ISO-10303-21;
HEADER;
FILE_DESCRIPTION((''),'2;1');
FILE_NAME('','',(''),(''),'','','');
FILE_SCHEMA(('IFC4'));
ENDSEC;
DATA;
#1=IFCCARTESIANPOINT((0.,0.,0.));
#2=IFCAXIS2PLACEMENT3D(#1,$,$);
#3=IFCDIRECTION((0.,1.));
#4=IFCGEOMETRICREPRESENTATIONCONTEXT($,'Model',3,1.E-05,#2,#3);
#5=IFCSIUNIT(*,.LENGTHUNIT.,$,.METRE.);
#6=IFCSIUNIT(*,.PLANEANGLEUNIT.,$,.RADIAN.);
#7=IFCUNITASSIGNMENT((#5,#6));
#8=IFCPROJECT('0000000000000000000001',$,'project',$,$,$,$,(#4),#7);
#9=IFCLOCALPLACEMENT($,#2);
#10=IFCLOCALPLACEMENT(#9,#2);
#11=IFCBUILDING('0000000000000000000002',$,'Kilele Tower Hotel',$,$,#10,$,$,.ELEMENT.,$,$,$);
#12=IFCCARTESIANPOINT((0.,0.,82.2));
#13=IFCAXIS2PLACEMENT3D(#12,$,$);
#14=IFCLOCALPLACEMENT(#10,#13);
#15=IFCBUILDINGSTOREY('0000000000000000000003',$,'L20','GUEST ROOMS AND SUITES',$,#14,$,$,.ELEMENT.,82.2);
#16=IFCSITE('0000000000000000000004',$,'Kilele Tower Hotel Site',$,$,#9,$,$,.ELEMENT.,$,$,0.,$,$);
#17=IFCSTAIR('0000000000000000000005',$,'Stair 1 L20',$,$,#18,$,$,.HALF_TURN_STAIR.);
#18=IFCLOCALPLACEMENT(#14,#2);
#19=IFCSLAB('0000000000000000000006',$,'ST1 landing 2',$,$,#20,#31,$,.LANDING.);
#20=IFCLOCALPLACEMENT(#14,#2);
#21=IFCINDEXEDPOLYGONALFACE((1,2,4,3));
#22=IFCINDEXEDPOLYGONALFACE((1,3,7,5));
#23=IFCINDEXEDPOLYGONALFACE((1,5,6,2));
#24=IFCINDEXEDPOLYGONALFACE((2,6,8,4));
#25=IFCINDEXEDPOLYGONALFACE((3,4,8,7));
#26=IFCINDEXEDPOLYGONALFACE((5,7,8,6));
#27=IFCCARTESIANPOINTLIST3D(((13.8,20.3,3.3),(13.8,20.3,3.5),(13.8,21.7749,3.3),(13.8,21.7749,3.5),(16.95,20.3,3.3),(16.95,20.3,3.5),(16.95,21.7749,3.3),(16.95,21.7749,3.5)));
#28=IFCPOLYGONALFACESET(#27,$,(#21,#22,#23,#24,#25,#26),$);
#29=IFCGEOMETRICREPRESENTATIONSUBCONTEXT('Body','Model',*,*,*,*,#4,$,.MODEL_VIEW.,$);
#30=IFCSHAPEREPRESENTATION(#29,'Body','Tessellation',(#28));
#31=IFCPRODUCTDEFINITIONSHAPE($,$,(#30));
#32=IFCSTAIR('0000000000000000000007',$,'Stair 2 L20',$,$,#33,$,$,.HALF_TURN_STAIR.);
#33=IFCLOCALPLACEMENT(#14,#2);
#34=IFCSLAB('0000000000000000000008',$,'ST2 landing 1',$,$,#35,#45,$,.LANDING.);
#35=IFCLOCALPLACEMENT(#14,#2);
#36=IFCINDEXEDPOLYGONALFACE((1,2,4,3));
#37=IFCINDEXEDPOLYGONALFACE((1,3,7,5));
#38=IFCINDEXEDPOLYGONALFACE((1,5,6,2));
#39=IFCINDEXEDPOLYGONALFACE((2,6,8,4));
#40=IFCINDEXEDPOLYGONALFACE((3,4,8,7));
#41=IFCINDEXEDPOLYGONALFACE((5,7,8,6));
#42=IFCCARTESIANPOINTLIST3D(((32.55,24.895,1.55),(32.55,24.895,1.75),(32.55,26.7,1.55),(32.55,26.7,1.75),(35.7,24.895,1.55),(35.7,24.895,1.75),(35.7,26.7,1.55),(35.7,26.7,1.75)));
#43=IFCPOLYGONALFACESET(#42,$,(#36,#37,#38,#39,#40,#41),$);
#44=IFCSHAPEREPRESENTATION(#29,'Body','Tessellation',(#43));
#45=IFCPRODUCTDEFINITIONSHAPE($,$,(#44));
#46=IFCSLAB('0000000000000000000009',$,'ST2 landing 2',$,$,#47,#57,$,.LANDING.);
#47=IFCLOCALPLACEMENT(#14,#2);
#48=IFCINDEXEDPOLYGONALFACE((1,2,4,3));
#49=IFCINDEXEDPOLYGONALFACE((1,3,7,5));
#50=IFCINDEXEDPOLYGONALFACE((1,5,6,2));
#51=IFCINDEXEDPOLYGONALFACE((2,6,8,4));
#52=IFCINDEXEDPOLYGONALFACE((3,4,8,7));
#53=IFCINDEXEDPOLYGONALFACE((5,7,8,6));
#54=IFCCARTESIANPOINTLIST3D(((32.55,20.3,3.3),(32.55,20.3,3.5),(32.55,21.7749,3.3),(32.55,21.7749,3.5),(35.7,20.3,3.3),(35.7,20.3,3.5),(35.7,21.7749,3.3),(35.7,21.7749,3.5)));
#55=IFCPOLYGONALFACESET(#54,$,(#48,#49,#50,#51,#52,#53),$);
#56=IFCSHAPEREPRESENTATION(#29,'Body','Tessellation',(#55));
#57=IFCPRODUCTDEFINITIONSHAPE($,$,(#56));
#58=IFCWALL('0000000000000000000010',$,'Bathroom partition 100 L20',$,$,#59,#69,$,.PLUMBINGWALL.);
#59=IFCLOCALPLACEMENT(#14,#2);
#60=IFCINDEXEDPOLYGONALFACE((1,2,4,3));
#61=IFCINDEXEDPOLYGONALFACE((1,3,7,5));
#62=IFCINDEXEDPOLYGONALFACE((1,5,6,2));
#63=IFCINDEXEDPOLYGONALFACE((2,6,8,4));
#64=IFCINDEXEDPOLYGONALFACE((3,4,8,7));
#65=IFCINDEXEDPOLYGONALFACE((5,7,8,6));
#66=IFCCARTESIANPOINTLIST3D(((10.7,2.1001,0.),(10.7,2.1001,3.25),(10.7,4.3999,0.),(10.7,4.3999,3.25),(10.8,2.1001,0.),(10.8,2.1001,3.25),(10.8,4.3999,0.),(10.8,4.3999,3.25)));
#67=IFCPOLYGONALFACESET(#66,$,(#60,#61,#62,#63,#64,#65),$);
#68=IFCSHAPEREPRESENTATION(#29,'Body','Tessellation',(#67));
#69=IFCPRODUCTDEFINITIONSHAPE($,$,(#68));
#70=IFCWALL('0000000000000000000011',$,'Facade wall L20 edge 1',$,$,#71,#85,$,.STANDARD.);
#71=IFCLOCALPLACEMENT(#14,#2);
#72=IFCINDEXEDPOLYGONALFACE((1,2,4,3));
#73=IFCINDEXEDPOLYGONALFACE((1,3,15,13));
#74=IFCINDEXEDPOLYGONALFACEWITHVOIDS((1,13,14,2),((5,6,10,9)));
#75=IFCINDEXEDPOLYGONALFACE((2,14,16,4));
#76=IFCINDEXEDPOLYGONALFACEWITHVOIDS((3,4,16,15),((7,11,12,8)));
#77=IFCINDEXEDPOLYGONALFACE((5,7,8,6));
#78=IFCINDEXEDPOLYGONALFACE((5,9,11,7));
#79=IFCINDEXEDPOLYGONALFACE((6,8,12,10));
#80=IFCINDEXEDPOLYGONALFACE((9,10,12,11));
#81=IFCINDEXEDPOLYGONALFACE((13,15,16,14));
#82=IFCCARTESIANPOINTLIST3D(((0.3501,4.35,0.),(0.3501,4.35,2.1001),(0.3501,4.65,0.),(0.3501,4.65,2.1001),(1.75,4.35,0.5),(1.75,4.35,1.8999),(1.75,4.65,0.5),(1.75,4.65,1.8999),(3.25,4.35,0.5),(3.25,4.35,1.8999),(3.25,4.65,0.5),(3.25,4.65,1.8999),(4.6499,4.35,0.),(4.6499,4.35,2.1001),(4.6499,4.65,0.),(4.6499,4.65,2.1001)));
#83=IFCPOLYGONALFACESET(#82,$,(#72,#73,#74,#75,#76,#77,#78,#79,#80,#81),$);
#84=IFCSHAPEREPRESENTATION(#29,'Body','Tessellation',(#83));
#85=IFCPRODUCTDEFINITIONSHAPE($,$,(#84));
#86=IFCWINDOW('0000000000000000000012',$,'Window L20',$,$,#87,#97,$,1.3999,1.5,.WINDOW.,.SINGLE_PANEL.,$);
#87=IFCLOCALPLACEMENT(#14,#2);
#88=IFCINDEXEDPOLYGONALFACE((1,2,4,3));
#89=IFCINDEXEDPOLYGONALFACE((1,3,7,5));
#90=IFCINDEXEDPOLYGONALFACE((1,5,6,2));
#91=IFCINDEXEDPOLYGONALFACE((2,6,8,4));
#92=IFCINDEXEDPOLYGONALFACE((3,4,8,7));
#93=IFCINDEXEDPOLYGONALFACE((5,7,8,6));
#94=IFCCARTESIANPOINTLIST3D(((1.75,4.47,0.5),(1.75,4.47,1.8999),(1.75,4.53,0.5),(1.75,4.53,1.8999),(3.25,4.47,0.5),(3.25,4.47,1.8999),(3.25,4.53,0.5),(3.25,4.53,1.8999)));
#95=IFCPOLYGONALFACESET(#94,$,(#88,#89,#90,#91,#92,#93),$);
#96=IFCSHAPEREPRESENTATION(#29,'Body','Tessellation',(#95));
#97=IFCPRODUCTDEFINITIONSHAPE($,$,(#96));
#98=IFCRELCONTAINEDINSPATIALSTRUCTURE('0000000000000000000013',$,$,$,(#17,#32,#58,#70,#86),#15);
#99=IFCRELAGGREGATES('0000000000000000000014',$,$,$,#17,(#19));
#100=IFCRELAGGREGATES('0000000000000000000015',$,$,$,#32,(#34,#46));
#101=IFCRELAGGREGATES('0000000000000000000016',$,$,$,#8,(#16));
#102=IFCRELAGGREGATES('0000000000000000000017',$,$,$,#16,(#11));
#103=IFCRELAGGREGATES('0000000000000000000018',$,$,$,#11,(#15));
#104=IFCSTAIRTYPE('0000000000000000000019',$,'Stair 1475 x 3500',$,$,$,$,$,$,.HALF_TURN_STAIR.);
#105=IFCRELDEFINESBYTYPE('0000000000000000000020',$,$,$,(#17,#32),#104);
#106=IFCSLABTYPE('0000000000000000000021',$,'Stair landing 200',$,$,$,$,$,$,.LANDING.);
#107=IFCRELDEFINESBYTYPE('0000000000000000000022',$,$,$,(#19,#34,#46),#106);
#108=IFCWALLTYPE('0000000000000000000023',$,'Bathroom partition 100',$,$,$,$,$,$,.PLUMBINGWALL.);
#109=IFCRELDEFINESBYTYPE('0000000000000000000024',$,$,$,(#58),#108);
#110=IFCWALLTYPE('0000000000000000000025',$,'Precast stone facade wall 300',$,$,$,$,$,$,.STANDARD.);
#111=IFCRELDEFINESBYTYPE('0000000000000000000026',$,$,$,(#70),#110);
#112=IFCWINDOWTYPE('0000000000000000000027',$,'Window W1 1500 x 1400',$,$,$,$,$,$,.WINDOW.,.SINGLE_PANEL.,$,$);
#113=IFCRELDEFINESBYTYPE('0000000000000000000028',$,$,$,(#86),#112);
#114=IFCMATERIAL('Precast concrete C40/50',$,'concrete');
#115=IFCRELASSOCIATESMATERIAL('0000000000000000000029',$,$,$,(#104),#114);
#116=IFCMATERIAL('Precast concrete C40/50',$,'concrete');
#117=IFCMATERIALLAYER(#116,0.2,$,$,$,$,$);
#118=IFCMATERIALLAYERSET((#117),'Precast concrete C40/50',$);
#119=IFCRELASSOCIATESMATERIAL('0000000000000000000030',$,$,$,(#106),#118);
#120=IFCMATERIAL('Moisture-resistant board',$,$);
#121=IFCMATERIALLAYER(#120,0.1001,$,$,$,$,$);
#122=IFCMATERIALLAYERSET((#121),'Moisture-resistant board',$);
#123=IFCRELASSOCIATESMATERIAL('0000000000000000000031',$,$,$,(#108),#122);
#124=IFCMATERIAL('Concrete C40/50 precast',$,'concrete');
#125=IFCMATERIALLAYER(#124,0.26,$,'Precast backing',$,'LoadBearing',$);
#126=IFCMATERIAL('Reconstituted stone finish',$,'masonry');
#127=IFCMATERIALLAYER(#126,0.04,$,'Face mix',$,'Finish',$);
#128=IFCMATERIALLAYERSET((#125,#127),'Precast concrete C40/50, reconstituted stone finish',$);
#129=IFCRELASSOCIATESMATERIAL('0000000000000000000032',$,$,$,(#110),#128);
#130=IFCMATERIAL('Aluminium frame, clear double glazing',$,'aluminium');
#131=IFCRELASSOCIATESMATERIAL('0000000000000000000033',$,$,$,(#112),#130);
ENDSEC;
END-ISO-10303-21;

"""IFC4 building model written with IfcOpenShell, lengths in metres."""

from ifc_helpers import new_model, si_unit, direction, frame, frame_2d, origin, place, context, subcontext, project, spatial, polyline, rectangle, outline, extrude, material, layer, layer_set, type_object, element, fill, aggregate, save


model = new_model("IFC4")

# Units and contexts
model_context = context("Model", 3, precision=1e-05, world=origin(), true_north=direction((0.0, 1.0)))
body_context = subcontext(model_context, "Body", "Model", "MODEL_VIEW")
ifc_project = project(units=[si_unit("LENGTHUNIT", "METRE"), si_unit("PLANEANGLEUNIT", "RADIAN")], contexts=[model_context])

# Site, building, storey
site_placement = place(None, origin())
site = spatial("IfcSite", under=ifc_project, at=site_placement, Name="Kilele Tower Hotel Site", CompositionType="ELEMENT", RefElevation=0.0)
building_placement = place(site_placement, origin())
building = spatial("IfcBuilding", under=site, at=building_placement, Name="Kilele Tower Hotel", CompositionType="ELEMENT")
storey_placement = place(building_placement, frame((0.0, 0.0, 82.2)))
storey = spatial("IfcBuildingStorey", under=building, at=storey_placement, Name="L20", Description="GUEST ROOMS AND SUITES", CompositionType="ELEMENT", Elevation=82.2)

# Stairs, slabs
ifc_material_1 = material(Name="Precast concrete C40/50", Category="concrete")
stair_type = type_object("IfcStairType", Name="Stair 1475 x 3500", PredefinedType="HALF_TURN_STAIR", material=ifc_material_1)
stair_1_placement = place(storey_placement, origin())
stair_1 = element("IfcStair", 1, at=stair_1_placement, inside=storey, type_object=stair_type, Name="Stair 1 L20", PredefinedType="HALF_TURN_STAIR")
ifc_material_2 = material(Name="Precast concrete C40/50", Category="concrete")
ifc_layer_1 = layer(ifc_material_2, 0.2)
ifc_layer_set_1 = layer_set([ifc_layer_1], Name="Precast concrete C40/50")
slab_type_1 = type_object("IfcSlabType", Name="Stair landing 200", PredefinedType="LANDING", material=ifc_layer_set_1)
slab_1_placement = place(storey_placement, frame((0.0, 0.0, 3.3)))
slab_1 = element("IfcSlab", 2, at=slab_1_placement, type_object=slab_type_1, Name="ST1 landing 2", PredefinedType="LANDING", context=body_context, shape_type="SweptSolid", body=[
    extrude(outline(polyline([(13.8, 20.3), (16.95, 20.3), (16.95, 21.7749), (13.8, 21.7749), (13.8, 20.3)])), origin(), (0.0, 0.0, 1.0), 0.2),
])
aggregate(stair_1, [slab_1])
stair_2_placement = place(storey_placement, origin())
stair_2 = element("IfcStair", 3, at=stair_2_placement, inside=storey, type_object=stair_type, Name="Stair 2 L20", PredefinedType="HALF_TURN_STAIR")
slab_2_placement = place(storey_placement, frame((0.0, 0.0, 1.55)))
slab_2 = element("IfcSlab", 4, at=slab_2_placement, type_object=slab_type_1, Name="ST2 landing 1", PredefinedType="LANDING", context=body_context, shape_type="SweptSolid", body=[
    extrude(outline(polyline([(32.55, 24.895), (35.7, 24.895), (35.7, 26.7), (32.55, 26.7), (32.55, 24.895)])), origin(), (0.0, 0.0, 1.0), 0.2),
])
slab_3_placement = place(storey_placement, frame((0.0, 0.0, 3.3)))
slab_3 = element("IfcSlab", 5, at=slab_3_placement, type_object=slab_type_1, Name="ST2 landing 2", PredefinedType="LANDING", context=body_context, shape_type="SweptSolid", body=[
    extrude(outline(polyline([(32.55, 20.3), (35.7, 20.3), (35.7, 21.7749), (32.55, 21.7749), (32.55, 20.3)])), origin(), (0.0, 0.0, 1.0), 0.2),
])
aggregate(stair_2, [slab_2, slab_3])

# Wall
ifc_material_3 = material(Name="Moisture-resistant board")
ifc_layer_2 = layer(ifc_material_3, 0.1001)
ifc_layer_set_2 = layer_set([ifc_layer_2], Name="Moisture-resistant board")
wall_type_1 = type_object("IfcWallType", Name="Bathroom partition 100", PredefinedType="PLUMBINGWALL", material=ifc_layer_set_2)
wall_1_placement = place(storey_placement, frame((10.75, 4.3999, 0.0), z_axis=(0.0, 0.0, 1.0), x_axis=(0.0, -1.0, 0.0)))
element("IfcWall", 6, at=wall_1_placement, inside=storey, type_object=wall_type_1, Name="Bathroom partition 100 L20", PredefinedType="PLUMBINGWALL", context=body_context, shape_type="SweptSolid", body=[
    extrude(rectangle(XDim=2.2998, YDim=0.1001, at=frame_2d((1.1499, 0.0))), origin(), (0.0, 0.0, 1.0), 3.25),
])

# Wall, opening, window
ifc_material_4 = material(Name="Concrete C40/50 precast", Category="concrete")
ifc_layer_3 = layer(ifc_material_4, 0.26, Name="Precast backing", Category="LoadBearing")
ifc_material_5 = material(Name="Reconstituted stone finish", Category="masonry")
ifc_layer_4 = layer(ifc_material_5, 0.04, Name="Face mix", Category="Finish")
ifc_layer_set_3 = layer_set([ifc_layer_3, ifc_layer_4], Name="Precast concrete C40/50, reconstituted stone finish")
wall_type_2 = type_object("IfcWallType", Name="Precast stone facade wall 300", PredefinedType="STANDARD", material=ifc_layer_set_3)
wall_2_placement = place(storey_placement, frame((0.3501, 4.5, 0.0), z_axis=(0.0, 0.0, 1.0), x_axis=(1.0, 0.0, 0.0)))
wall_2 = element("IfcWall", 7, at=wall_2_placement, inside=storey, type_object=wall_type_2, Name="Facade wall L20 edge 1", PredefinedType="STANDARD", context=body_context, shape_type="SweptSolid", body=[
    extrude(rectangle(XDim=4.2998, YDim=0.3, at=frame_2d((2.1499, 0.0))), origin(), (0.0, 0.0, 1.0), 2.1001),
])
opening_1_placement = place(wall_2_placement, frame((1.3999, 0.0, 0.5)))
opening_1 = element("IfcOpeningElement", 8, at=opening_1_placement, cuts=wall_2, PredefinedType="OPENING", context=body_context, shape_type="SweptSolid", body=[
    extrude(rectangle(XDim=1.5, YDim=1.3999, at=frame_2d((0.75, 0.7))), frame((0.0, 0.1599, 0.0), z_axis=(0.0, -1.0, 0.0), x_axis=(1.0, 0.0, 0.0)), (0.0, 0.0, 1.0), 0.3201),
])
ifc_material_6 = material(Name="Aluminium frame, clear double glazing", Category="aluminium")
window_type = type_object("IfcWindowType", Name="Window W1 1500 x 1400", PartitioningType="SINGLE_PANEL", PredefinedType="WINDOW", material=ifc_material_6)
window_1_placement = place(opening_1_placement, origin())
window_1 = element("IfcWindow", 9, at=window_1_placement, inside=storey, type_object=window_type, Name="Window L20", OverallHeight=1.3999, OverallWidth=1.5, PartitioningType="SINGLE_PANEL", PredefinedType="WINDOW", context=body_context, shape_type="SweptSolid", body=[
    extrude(rectangle(XDim=1.5, YDim=1.3999, at=frame_2d((0.75, 0.7))), frame((0.0, 0.03, 0.0), z_axis=(0.0, -1.0, 0.0), x_axis=(1.0, 0.0, 0.0)), (0.0, 0.0, 1.0), 0.0601),
])
fill(opening_1, window_1)

save(model, "model.ifc")
